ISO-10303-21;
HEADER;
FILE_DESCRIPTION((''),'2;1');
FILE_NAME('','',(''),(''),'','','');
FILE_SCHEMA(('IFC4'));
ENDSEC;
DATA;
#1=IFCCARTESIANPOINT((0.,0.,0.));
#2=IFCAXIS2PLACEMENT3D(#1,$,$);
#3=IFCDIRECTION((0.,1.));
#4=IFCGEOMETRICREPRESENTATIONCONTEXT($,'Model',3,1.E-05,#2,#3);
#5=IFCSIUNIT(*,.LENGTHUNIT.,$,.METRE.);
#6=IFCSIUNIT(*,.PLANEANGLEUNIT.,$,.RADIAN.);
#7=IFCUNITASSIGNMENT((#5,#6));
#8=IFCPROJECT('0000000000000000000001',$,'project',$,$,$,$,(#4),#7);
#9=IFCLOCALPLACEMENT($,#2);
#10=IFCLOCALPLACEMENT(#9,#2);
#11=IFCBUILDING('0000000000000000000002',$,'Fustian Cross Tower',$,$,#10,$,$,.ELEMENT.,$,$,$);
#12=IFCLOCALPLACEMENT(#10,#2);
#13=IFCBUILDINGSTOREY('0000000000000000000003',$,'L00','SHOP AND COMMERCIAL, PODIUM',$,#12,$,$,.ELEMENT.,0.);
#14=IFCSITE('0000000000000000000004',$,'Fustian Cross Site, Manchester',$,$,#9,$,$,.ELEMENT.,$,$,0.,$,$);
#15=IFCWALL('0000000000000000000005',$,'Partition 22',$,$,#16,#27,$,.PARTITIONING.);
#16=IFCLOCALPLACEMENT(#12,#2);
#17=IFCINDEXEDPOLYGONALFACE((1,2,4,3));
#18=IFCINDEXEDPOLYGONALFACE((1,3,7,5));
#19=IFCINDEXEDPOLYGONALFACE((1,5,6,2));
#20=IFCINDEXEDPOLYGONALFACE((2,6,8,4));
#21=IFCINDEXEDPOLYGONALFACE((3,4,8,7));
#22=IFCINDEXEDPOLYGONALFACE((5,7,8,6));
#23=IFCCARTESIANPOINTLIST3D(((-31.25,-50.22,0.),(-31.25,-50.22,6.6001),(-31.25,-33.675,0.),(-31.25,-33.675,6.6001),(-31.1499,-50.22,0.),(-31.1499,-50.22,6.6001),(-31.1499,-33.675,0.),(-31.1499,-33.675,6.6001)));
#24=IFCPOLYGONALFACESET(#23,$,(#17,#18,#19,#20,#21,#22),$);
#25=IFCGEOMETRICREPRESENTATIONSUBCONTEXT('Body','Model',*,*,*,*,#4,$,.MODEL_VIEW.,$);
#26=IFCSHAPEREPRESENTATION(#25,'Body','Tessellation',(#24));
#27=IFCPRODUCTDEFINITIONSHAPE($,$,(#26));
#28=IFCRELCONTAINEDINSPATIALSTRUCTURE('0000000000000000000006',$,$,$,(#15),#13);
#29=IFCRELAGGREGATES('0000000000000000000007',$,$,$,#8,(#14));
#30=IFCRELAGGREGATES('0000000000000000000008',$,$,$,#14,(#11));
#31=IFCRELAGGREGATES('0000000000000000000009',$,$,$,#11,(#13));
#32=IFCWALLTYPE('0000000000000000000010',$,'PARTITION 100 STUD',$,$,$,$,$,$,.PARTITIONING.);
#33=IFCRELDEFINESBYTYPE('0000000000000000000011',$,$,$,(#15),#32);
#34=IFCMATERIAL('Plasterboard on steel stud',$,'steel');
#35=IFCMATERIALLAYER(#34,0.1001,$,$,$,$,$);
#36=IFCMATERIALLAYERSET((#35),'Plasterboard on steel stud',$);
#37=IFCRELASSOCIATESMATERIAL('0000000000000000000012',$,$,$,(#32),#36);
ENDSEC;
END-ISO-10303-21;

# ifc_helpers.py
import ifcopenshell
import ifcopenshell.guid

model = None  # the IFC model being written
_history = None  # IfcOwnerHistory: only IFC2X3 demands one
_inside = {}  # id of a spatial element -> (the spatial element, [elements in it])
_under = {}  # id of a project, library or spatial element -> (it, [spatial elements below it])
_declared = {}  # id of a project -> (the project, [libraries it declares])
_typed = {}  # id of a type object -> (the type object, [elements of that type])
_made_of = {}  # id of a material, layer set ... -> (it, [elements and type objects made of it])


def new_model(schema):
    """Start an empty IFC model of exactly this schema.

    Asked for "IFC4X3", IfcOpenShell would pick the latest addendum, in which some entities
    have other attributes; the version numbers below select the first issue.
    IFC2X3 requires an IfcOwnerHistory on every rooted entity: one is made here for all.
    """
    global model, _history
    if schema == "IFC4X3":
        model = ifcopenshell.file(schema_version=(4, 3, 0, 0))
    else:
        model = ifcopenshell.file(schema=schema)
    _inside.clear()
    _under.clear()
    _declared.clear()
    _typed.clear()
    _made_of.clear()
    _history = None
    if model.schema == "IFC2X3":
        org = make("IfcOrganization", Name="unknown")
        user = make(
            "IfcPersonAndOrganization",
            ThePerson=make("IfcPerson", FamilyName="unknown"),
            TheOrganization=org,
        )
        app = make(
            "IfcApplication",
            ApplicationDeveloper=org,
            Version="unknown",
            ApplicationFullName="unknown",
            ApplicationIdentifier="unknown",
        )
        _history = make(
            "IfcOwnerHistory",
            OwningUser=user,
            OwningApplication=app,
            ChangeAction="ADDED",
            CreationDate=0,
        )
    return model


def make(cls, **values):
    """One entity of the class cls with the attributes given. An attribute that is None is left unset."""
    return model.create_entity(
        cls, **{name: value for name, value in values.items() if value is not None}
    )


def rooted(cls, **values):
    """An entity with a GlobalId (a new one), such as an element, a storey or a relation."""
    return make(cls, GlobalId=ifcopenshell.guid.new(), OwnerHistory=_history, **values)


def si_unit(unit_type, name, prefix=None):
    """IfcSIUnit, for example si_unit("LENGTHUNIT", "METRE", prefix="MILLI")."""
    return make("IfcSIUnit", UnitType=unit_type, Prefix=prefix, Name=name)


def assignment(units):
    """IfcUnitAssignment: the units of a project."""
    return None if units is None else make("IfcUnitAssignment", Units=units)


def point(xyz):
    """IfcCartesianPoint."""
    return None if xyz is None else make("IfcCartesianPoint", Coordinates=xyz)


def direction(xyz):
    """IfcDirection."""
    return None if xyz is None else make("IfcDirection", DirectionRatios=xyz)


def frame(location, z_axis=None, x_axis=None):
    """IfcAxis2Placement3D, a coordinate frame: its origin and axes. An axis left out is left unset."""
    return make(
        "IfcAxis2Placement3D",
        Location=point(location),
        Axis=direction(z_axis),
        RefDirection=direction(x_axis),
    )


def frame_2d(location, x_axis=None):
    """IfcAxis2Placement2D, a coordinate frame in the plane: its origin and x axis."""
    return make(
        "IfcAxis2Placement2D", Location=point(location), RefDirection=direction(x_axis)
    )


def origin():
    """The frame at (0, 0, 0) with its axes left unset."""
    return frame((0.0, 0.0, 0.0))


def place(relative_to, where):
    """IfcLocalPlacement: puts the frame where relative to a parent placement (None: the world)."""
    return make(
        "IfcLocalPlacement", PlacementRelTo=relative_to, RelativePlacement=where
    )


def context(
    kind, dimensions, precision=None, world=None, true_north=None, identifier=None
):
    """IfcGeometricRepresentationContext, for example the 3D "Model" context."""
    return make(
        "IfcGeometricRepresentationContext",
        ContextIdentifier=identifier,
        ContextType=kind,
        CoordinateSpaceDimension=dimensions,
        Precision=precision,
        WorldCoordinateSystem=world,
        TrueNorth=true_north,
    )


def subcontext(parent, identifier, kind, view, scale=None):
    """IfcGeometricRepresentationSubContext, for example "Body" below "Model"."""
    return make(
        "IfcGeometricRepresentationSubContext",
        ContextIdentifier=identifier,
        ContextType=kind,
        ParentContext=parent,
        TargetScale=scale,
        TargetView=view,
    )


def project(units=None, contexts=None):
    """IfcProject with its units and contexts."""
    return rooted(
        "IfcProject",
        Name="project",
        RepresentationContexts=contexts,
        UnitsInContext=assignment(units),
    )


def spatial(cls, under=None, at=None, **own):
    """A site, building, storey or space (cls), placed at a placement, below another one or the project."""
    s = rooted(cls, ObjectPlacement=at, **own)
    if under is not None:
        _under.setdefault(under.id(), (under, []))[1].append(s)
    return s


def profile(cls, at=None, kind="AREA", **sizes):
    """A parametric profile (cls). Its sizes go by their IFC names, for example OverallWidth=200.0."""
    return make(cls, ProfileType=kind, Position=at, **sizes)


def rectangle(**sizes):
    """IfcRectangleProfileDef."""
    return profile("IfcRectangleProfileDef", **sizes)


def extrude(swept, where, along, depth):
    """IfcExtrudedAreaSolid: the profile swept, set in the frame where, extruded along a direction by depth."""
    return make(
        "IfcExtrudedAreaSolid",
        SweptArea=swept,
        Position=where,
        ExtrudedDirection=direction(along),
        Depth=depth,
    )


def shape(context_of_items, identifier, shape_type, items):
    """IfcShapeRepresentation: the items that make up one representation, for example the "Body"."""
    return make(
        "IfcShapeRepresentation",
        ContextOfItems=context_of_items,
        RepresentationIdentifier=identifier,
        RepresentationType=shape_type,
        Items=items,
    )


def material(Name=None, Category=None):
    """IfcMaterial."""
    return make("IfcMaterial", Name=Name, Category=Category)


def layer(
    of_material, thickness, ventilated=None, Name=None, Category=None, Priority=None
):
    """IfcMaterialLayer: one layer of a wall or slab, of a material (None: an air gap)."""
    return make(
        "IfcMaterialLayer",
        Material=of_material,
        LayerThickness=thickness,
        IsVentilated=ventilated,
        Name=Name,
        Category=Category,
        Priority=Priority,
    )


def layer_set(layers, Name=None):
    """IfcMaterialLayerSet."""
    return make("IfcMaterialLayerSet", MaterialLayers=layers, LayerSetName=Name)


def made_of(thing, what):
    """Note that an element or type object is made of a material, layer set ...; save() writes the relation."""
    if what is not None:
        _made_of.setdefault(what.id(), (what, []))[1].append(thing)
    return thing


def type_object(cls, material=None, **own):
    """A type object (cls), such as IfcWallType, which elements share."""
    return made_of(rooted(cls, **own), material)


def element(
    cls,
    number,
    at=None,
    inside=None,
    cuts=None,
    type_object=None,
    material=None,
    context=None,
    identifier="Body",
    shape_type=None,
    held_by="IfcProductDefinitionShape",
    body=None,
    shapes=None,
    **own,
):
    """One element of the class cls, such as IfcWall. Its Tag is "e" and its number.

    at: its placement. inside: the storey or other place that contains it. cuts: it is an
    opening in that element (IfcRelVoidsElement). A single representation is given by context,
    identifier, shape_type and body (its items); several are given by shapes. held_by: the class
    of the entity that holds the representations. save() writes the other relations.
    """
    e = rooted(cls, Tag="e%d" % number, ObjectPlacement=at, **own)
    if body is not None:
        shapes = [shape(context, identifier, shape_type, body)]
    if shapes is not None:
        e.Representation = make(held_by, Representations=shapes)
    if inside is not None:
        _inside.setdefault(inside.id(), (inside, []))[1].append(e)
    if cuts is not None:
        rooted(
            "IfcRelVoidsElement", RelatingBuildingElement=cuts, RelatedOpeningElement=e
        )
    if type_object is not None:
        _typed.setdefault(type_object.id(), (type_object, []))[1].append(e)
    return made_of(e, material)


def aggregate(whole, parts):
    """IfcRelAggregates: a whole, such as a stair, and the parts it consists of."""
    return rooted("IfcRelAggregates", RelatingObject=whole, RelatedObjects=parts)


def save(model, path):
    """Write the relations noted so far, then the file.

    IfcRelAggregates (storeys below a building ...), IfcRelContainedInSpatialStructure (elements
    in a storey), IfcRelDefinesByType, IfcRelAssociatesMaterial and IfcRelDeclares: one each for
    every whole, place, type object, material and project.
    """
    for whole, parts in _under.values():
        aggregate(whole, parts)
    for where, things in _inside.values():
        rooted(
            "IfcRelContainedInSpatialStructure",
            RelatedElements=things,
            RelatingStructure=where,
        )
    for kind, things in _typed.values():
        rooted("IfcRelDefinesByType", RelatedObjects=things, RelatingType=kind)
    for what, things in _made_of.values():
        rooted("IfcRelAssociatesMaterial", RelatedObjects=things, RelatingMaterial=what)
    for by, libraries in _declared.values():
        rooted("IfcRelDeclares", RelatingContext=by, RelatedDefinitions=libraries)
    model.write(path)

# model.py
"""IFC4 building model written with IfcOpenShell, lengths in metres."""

from ifc_helpers import new_model, si_unit, direction, frame, frame_2d, origin, place, context, subcontext, project, spatial, rectangle, extrude, material, layer, layer_set, type_object, element, save


model = new_model("IFC4")

# Units and contexts
model_context = context("Model", 3, precision=1e-05, world=origin(), true_north=direction((0.0, 1.0)))
body_context = subcontext(model_context, "Body", "Model", "MODEL_VIEW")
ifc_project = project(units=[si_unit("LENGTHUNIT", "METRE"), si_unit("PLANEANGLEUNIT", "RADIAN")], contexts=[model_context])

# Site, building, storey
site_placement = place(None, origin())
site = spatial("IfcSite", under=ifc_project, at=site_placement, Name="Fustian Cross Site, Manchester", CompositionType="ELEMENT", RefElevation=0.0)
building_placement = place(site_placement, origin())
building = spatial("IfcBuilding", under=site, at=building_placement, Name="Fustian Cross Tower", CompositionType="ELEMENT")
storey_placement = place(building_placement, origin())
storey = spatial("IfcBuildingStorey", under=building, at=storey_placement, Name="L00", Description="SHOP AND COMMERCIAL, PODIUM", CompositionType="ELEMENT", Elevation=0.0)

# Wall
ifc_material_1 = material(Name="Plasterboard on steel stud", Category="steel")
ifc_layer_1 = layer(ifc_material_1, 0.1001)
ifc_layer_set_1 = layer_set([ifc_layer_1], Name="Plasterboard on steel stud")
wall_type_1 = type_object("IfcWallType", Name="PARTITION 100 STUD", PredefinedType="PARTITIONING", material=ifc_layer_set_1)
wall_1_placement = place(storey_placement, frame((-31.2, -50.22, 0.0), z_axis=(0.0, 0.0, 1.0), x_axis=(0.0, 1.0, 0.0)))
element("IfcWall", 1, at=wall_1_placement, inside=storey, type_object=wall_type_1, Name="Partition 22", PredefinedType="PARTITIONING", context=body_context, shape_type="SweptSolid", body=[
    extrude(rectangle(XDim=16.5449, YDim=0.1001, at=frame_2d((8.2725, 0.0))), origin(), (0.0, 0.0, 1.0), 6.6001),
])

save(model, "model.ifc")
